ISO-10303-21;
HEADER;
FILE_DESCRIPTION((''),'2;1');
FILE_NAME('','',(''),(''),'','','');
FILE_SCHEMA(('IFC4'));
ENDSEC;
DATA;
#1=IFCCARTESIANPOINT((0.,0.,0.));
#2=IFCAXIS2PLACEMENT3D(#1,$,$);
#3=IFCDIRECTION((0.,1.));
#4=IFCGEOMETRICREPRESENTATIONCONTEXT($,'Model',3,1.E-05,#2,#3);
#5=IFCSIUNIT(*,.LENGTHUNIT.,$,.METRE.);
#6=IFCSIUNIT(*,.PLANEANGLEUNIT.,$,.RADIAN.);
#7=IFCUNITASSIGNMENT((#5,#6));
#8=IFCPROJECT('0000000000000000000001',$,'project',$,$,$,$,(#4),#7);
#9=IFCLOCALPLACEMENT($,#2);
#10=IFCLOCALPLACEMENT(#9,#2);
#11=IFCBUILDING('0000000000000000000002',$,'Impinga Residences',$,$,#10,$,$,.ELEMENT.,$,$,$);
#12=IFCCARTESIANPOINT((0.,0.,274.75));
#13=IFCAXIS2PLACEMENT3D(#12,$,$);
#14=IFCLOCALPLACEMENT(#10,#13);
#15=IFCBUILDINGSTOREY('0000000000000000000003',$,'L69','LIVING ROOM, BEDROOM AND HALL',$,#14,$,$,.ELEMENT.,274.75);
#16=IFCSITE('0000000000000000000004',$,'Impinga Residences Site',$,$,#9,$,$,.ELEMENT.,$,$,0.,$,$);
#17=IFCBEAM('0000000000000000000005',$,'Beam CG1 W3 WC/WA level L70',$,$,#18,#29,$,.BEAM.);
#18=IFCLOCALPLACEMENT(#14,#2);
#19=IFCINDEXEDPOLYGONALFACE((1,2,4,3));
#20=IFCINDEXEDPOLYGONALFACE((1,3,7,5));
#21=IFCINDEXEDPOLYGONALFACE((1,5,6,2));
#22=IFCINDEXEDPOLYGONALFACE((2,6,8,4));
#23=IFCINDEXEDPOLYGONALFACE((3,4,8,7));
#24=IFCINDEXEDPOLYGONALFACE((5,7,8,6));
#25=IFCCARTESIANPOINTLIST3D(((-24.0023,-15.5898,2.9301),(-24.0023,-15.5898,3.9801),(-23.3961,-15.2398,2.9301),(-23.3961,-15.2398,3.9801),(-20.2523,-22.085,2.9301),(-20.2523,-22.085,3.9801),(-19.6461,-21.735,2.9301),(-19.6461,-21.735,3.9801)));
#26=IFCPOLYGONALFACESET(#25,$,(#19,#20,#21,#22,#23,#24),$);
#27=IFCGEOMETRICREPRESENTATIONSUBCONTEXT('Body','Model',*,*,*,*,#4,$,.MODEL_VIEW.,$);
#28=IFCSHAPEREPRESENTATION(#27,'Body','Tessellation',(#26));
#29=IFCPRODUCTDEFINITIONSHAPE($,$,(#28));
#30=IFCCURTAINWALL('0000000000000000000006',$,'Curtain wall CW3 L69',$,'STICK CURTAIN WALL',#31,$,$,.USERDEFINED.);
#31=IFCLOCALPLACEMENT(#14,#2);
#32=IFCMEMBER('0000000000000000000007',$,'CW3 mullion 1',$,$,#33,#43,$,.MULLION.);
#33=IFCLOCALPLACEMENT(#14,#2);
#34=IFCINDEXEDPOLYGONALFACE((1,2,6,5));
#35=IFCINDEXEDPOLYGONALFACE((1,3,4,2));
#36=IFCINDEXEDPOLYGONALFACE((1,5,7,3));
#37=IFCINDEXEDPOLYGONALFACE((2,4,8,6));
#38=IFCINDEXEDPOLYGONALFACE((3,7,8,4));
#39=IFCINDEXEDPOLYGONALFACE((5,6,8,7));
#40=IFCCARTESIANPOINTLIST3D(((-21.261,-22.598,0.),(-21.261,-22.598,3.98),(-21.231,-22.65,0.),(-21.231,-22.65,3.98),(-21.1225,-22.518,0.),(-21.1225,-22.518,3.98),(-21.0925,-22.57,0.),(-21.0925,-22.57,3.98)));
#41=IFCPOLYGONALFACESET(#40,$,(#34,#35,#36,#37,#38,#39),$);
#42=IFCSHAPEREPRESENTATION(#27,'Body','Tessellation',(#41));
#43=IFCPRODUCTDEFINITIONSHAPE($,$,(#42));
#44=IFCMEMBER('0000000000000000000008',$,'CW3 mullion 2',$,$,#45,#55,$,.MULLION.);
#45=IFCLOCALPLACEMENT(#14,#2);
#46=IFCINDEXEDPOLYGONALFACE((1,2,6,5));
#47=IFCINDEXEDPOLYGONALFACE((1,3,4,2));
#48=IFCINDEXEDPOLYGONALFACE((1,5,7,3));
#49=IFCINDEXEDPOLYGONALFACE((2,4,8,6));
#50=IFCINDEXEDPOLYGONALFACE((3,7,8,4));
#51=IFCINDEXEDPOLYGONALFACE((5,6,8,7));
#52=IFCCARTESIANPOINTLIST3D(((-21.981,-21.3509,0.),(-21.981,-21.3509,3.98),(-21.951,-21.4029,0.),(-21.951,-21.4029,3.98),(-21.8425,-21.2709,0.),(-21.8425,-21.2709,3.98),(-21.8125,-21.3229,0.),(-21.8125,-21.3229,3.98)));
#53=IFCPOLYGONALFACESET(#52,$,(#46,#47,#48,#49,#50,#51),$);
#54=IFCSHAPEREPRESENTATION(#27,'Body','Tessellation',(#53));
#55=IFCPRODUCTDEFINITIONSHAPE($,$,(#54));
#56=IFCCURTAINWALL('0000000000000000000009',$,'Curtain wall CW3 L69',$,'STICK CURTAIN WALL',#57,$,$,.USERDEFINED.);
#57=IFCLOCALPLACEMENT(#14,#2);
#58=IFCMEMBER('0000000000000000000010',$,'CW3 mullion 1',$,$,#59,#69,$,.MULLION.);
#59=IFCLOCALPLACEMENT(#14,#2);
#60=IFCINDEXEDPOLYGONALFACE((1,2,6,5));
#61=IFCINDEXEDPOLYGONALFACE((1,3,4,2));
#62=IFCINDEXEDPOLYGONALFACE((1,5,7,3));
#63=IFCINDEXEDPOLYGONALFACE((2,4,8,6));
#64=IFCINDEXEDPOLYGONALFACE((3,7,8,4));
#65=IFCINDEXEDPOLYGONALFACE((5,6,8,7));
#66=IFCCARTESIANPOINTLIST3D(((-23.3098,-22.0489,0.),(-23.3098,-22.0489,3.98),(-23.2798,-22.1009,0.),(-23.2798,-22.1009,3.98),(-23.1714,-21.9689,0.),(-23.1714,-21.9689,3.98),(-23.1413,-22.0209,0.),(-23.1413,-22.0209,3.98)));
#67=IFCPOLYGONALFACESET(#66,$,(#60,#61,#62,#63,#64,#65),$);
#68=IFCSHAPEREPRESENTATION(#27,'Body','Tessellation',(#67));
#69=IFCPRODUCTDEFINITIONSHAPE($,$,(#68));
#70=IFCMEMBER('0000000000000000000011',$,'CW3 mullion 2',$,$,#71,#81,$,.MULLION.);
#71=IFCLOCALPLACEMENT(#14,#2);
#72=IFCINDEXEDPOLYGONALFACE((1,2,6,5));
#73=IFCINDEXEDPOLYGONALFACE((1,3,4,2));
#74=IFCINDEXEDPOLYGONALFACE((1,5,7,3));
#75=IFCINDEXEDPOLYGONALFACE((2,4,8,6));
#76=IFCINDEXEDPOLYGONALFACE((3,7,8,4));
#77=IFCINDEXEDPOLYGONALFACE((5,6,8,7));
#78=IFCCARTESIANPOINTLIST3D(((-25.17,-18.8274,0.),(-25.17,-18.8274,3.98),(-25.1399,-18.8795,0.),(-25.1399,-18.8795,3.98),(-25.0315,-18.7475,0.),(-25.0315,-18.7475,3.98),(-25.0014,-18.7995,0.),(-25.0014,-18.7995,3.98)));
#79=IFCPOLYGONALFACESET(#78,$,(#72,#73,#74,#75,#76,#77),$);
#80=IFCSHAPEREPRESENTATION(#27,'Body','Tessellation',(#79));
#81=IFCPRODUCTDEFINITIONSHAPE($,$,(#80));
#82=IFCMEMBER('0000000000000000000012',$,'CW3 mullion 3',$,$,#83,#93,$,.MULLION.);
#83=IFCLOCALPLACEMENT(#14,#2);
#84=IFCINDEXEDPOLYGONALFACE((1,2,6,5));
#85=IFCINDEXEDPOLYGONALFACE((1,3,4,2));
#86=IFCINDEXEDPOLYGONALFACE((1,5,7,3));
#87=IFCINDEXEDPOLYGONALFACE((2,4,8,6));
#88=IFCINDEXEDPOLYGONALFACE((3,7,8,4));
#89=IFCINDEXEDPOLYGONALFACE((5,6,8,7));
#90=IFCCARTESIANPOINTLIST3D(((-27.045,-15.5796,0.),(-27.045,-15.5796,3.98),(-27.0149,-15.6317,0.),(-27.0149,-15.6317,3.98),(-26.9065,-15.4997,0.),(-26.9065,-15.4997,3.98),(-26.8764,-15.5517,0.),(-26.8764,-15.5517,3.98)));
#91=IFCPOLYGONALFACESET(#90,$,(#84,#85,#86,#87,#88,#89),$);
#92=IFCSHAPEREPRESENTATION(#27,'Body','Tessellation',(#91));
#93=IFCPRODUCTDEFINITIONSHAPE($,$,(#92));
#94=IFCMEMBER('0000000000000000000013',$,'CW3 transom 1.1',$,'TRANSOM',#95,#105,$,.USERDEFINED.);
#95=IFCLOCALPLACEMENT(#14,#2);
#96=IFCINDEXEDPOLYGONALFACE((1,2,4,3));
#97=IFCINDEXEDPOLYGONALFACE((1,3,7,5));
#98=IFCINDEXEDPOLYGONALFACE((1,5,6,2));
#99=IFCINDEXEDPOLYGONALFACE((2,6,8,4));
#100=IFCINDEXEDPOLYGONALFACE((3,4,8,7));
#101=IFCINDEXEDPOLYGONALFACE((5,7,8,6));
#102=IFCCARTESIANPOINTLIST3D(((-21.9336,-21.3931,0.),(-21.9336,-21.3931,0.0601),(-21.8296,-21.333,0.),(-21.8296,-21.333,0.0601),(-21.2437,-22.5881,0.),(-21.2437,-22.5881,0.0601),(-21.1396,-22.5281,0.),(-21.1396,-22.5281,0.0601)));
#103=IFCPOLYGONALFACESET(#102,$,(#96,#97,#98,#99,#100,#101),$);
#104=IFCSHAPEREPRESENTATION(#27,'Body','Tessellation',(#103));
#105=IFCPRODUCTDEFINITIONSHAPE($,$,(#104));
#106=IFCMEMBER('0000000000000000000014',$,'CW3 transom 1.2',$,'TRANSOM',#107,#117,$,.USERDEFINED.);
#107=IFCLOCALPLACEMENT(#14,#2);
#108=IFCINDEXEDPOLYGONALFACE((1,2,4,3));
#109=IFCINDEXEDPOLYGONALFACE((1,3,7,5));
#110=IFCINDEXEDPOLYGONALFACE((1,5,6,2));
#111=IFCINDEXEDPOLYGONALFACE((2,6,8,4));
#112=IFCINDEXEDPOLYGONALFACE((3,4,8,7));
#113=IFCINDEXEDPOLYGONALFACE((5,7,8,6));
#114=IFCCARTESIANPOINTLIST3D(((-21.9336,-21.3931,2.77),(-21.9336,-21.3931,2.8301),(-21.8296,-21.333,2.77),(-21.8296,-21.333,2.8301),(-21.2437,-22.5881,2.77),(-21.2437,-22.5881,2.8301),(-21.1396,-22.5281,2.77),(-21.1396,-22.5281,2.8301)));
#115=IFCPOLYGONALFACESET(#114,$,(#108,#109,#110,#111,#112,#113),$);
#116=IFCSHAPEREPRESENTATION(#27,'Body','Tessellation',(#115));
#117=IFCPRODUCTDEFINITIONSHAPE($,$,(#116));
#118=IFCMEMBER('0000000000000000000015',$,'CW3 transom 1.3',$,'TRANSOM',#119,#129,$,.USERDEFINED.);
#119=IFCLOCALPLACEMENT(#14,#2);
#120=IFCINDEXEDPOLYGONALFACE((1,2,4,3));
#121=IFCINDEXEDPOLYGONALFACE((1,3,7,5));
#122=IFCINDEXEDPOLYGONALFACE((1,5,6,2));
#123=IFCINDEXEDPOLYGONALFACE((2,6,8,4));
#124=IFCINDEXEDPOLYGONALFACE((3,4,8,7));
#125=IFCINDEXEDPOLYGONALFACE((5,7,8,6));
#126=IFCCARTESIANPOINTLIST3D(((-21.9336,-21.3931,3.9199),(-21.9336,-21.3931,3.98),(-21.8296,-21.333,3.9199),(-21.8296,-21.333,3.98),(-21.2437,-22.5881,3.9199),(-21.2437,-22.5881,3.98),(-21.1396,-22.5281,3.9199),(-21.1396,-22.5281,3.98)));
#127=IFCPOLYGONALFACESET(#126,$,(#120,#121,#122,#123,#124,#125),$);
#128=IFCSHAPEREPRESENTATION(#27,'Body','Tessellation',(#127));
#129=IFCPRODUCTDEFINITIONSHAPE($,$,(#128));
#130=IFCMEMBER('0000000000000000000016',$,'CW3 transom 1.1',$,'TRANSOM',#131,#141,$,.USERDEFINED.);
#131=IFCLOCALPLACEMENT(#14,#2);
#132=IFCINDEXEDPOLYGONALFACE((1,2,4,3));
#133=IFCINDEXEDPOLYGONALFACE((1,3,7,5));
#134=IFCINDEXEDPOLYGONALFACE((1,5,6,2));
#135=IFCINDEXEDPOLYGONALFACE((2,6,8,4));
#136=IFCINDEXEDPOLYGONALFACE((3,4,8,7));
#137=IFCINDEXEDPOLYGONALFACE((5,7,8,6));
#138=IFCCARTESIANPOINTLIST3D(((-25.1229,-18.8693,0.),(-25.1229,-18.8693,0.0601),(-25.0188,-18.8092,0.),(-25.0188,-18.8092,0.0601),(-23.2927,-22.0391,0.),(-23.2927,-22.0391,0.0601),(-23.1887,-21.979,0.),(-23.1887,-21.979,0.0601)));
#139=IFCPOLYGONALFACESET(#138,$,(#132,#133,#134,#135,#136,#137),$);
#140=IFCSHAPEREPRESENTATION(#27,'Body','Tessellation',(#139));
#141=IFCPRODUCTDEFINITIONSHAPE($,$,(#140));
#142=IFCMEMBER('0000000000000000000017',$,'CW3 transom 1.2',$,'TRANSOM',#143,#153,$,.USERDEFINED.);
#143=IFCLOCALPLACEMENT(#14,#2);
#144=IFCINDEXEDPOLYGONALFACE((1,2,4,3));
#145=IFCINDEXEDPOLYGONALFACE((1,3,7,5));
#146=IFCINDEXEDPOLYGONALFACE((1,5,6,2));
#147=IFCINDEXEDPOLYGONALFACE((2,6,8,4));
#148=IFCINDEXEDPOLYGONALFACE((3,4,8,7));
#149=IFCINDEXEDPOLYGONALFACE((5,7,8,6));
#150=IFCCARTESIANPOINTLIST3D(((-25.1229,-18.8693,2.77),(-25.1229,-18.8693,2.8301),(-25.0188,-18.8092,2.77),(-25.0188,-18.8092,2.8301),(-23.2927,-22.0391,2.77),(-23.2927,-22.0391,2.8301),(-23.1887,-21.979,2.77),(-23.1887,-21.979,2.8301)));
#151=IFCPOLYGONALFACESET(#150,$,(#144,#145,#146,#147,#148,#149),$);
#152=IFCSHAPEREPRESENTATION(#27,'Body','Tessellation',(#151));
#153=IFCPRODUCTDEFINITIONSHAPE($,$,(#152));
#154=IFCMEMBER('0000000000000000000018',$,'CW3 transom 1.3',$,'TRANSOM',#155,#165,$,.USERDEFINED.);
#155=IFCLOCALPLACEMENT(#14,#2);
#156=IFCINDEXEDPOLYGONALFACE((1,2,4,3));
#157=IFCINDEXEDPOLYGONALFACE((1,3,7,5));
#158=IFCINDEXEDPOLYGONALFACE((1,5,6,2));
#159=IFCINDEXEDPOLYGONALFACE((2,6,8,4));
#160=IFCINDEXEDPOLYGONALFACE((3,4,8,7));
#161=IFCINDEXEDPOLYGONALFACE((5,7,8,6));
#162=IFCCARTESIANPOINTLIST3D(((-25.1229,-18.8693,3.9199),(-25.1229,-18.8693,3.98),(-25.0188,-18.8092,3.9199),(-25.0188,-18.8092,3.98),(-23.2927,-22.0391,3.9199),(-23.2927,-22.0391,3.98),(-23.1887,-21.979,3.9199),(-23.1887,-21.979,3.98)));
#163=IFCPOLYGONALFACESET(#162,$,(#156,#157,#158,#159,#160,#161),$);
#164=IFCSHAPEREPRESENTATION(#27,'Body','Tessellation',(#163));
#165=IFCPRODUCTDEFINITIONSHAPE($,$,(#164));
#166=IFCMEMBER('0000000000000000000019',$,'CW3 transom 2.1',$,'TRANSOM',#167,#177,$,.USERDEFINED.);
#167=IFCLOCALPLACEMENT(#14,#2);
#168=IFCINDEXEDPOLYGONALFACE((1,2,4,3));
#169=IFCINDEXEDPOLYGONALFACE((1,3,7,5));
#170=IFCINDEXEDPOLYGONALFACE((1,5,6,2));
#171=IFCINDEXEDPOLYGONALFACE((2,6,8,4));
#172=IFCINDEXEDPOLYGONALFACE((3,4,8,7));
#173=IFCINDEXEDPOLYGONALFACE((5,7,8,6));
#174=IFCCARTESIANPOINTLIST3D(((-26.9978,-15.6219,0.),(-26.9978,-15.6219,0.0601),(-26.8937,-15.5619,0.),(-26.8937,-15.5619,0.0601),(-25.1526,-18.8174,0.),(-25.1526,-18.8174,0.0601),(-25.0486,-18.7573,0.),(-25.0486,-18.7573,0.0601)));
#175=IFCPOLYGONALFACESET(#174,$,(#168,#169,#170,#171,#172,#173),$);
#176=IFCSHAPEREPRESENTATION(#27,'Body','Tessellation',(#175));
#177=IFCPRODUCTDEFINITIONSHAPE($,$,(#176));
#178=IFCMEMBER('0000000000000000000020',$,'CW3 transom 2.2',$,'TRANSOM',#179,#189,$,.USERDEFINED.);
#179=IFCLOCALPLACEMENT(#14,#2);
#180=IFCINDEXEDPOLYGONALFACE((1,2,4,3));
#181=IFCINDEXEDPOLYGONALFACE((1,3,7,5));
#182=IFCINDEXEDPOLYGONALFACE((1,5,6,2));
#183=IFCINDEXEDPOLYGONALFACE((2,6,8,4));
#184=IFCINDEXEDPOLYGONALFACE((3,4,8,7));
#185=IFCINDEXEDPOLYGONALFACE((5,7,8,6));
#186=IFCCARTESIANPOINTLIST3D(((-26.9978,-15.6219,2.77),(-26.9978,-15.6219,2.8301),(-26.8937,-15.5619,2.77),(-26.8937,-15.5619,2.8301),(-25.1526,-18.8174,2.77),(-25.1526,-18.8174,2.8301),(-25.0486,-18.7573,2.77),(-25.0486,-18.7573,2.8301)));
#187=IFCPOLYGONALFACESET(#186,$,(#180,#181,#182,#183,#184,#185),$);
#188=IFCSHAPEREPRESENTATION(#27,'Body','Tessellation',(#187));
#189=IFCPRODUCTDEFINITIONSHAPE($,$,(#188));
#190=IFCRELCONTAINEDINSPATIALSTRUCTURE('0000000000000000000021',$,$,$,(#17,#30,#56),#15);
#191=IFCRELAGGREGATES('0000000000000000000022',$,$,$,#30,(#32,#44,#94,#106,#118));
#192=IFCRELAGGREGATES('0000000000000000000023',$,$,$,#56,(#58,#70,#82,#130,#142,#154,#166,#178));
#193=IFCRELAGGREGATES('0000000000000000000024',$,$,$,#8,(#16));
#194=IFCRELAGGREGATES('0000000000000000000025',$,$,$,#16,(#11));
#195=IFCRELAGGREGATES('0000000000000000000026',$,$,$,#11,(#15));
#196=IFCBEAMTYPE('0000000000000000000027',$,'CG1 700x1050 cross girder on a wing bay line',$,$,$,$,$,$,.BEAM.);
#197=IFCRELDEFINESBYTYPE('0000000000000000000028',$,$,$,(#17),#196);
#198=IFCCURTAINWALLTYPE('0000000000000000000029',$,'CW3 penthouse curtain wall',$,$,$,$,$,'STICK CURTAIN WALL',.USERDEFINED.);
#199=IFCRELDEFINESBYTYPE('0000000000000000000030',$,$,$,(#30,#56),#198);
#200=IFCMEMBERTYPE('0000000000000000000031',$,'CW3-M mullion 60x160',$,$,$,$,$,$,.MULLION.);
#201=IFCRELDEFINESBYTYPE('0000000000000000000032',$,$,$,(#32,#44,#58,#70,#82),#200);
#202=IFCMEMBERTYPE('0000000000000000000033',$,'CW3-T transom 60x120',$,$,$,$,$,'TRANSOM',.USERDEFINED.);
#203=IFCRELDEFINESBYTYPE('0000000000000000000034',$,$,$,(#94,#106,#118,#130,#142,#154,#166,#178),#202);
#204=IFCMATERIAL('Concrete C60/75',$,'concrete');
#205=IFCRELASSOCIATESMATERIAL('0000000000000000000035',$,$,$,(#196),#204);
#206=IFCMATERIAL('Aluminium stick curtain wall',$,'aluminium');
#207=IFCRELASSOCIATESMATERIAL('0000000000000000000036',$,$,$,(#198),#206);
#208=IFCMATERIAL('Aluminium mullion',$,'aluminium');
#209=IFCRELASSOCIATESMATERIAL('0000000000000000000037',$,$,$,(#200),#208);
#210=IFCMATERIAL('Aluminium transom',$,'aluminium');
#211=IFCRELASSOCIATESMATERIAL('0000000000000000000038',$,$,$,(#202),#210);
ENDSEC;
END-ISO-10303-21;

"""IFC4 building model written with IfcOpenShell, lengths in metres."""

from ifc_helpers import new_model, si_unit, direction, frame, origin, origin_2d, place, context, subcontext, project, spatial, rectangle, extrude, material, material_profile, profile_set, type_object, element, aggregate, save


model = new_model("IFC4")

# Units and contexts
model_context = context("Model", 3, precision=1e-05, world=origin(), true_north=direction((0.0, 1.0)))
body_context = subcontext(model_context, "Body", "Model", "MODEL_VIEW")
ifc_project = project(units=[si_unit("LENGTHUNIT", "METRE"), si_unit("PLANEANGLEUNIT", "RADIAN")], contexts=[model_context])

# Site, building, storey
site_placement = place(None, origin())
site = spatial("IfcSite", under=ifc_project, at=site_placement, Name="Impinga Residences Site", CompositionType="ELEMENT", RefElevation=0.0)
building_placement = place(site_placement, origin())
building = spatial("IfcBuilding", under=site, at=building_placement, Name="Impinga Residences", CompositionType="ELEMENT")
storey_placement = place(building_placement, frame((0.0, 0.0, 274.75)))
storey = spatial("IfcBuildingStorey", under=building, at=storey_placement, Name="L69", Description="LIVING ROOM, BEDROOM AND HALL", CompositionType="ELEMENT", Elevation=274.75)

# Beam
ifc_material_1 = material(Name="Concrete C60/75", Category="concrete")
ifc_material_profile_1 = material_profile(ifc_material_1, rectangle(XDim=0.7, YDim=1.05, at=origin_2d()), Name="RC 700x1050")
ifc_profile_set_1 = profile_set([ifc_material_profile_1], Name="Concrete C60/75")
beam_type_1 = type_object("IfcBeamType", Name="CG1 700x1050 cross girder on a wing bay line", PredefinedType="BEAM", material=ifc_profile_set_1)
beam_1_placement = place(storey_placement, frame((-23.6992, -15.4148, 3.4551), z_axis=(0.500004, -0.866023, 0.0), x_axis=(0.866023, 0.500004, 0.0)))
element("IfcBeam", 1, at=beam_1_placement, inside=storey, type_object=beam_type_1, Name="Beam CG1 W3 WC/WA level L70", PredefinedType="BEAM", context=body_context, shape_type="SweptSolid", body=[
    extrude(rectangle(XDim=0.7, YDim=1.05, at=origin_2d()), origin(), (0.0, 0.0, 1.0), 7.5),
])

# Curtain walls, members
ifc_material_2 = material(Name="Aluminium stick curtain wall", Category="aluminium")
curtain_wall_type = type_object("IfcCurtainWallType", Name="CW3 penthouse curtain wall", ElementType="STICK CURTAIN WALL", PredefinedType="USERDEFINED", material=ifc_material_2)
curtain_wall_1_placement = place(storey_placement, origin())
curtain_wall_1 = element("IfcCurtainWall", 2, at=curtain_wall_1_placement, inside=storey, type_object=curtain_wall_type, Name="Curtain wall CW3 L69", ObjectType="STICK CURTAIN WALL", PredefinedType="USERDEFINED")
ifc_material_3 = material(Name="Aluminium mullion", Category="aluminium")
ifc_material_profile_2 = material_profile(ifc_material_3, rectangle(XDim=0.0601, YDim=0.1599, at=origin_2d()), Name="60x160 mullion")
ifc_profile_set_2 = profile_set([ifc_material_profile_2], Name="Aluminium mullion")
member_type_1 = type_object("IfcMemberType", Name="CW3-M mullion 60x160", PredefinedType="MULLION", material=ifc_profile_set_2)
member_1_placement = place(storey_placement, frame((-21.1768, -22.584, 0.0), z_axis=(0.0, 0.0, 1.0), x_axis=(-0.5, 0.866025, 0.0)))
member_1 = element("IfcMember", 3, at=member_1_placement, type_object=member_type_1, Name="CW3 mullion 1", PredefinedType="MULLION", context=body_context, shape_type="SweptSolid", body=[
    extrude(rectangle(XDim=0.0601, YDim=0.1599, at=origin_2d()), origin(), (0.0, 0.0, 1.0), 3.98),
])
member_2_placement = place(storey_placement, frame((-21.8967, -21.3369, 0.0), z_axis=(0.0, 0.0, 1.0), x_axis=(-0.5, 0.866025, 0.0)))
member_2 = element("IfcMember", 4, at=member_2_placement, type_object=member_type_1, Name="CW3 mullion 2", PredefinedType="MULLION", context=body_context, shape_type="SweptSolid", body=[
    extrude(rectangle(XDim=0.0601, YDim=0.1599, at=origin_2d()), origin(), (0.0, 0.0, 1.0), 3.98),
])
curtain_wall_2_placement = place(storey_placement, origin())
curtain_wall_2 = element("IfcCurtainWall", 5, at=curtain_wall_2_placement, inside=storey, type_object=curtain_wall_type, Name="Curtain wall CW3 L69", ObjectType="STICK CURTAIN WALL", PredefinedType="USERDEFINED")
member_3_placement = place(storey_placement, frame((-23.2256, -22.0349, 0.0), z_axis=(0.0, 0.0, 1.0), x_axis=(-0.5, 0.866025, 0.0)))
member_3 = element("IfcMember", 6, at=member_3_placement, type_object=member_type_1, Name="CW3 mullion 1", PredefinedType="MULLION", context=body_context, shape_type="SweptSolid", body=[
    extrude(rectangle(XDim=0.0601, YDim=0.1599, at=origin_2d()), origin(), (0.0, 0.0, 1.0), 3.98),
])
member_4_placement = place(storey_placement, frame((-25.0857, -18.8135, 0.0), z_axis=(0.0, 0.0, 1.0), x_axis=(-0.5, 0.866025, 0.0)))
member_4 = element("IfcMember", 7, at=member_4_placement, type_object=member_type_1, Name="CW3 mullion 2", PredefinedType="MULLION", context=body_context, shape_type="SweptSolid", body=[
    extrude(rectangle(XDim=0.0601, YDim=0.1599, at=origin_2d()), origin(), (0.0, 0.0, 1.0), 3.98),
])
member_5_placement = place(storey_placement, frame((-26.9607, -15.5657, 0.0), z_axis=(0.0, 0.0, 1.0), x_axis=(-0.5, 0.866025, 0.0)))
member_5 = element("IfcMember", 8, at=member_5_placement, type_object=member_type_1, Name="CW3 mullion 3", PredefinedType="MULLION", context=body_context, shape_type="SweptSolid", body=[
    extrude(rectangle(XDim=0.0601, YDim=0.1599, at=origin_2d()), origin(), (0.0, 0.0, 1.0), 3.98),
])

# Members
ifc_material_4 = material(Name="Aluminium transom", Category="aluminium")
ifc_material_profile_3 = material_profile(ifc_material_4, rectangle(XDim=0.0601, YDim=0.1201, at=origin_2d()), Name="60x120 transom")
ifc_profile_set_3 = profile_set([ifc_material_profile_3], Name="Aluminium transom")
member_type_2 = type_object("IfcMemberType", Name="CW3-T transom 60x120", ElementType="TRANSOM", PredefinedType="USERDEFINED", material=ifc_profile_set_3)
member_6_placement = place(storey_placement, frame((-21.1917, -22.5581, 0.03), z_axis=(-0.499983, 0.866035, 0.0), x_axis=(0.0, 0.0, 1.0)))
member_6 = element("IfcMember", 9, at=member_6_placement, type_object=member_type_2, Name="CW3 transom 1.1", ObjectType="TRANSOM", PredefinedType="USERDEFINED", context=body_context, shape_type="SweptSolid", body=[
    extrude(rectangle(XDim=0.0601, YDim=0.1201, at=origin_2d()), origin(), (0.0, 0.0, 1.0), 1.3799),
])
member_7_placement = place(storey_placement, frame((-21.1917, -22.5581, 2.8), z_axis=(-0.499983, 0.866035, 0.0), x_axis=(0.0, 0.0, 1.0)))
member_7 = element("IfcMember", 10, at=member_7_placement, type_object=member_type_2, Name="CW3 transom 1.2", ObjectType="TRANSOM", PredefinedType="USERDEFINED", context=body_context, shape_type="SweptSolid", body=[
    extrude(rectangle(XDim=0.0601, YDim=0.1201, at=origin_2d()), origin(), (0.0, 0.0, 1.0), 1.3799),
])
member_8_placement = place(storey_placement, frame((-21.1917, -22.5581, 3.95), z_axis=(-0.499983, 0.866035, 0.0), x_axis=(0.0, 0.0, 1.0)))
member_8 = element("IfcMember", 11, at=member_8_placement, type_object=member_type_2, Name="CW3 transom 1.3", ObjectType="TRANSOM", PredefinedType="USERDEFINED", context=body_context, shape_type="SweptSolid", body=[
    extrude(rectangle(XDim=0.0601, YDim=0.1201, at=origin_2d()), origin(), (0.0, 0.0, 1.0), 1.3799),
])
member_9_placement = place(storey_placement, frame((-23.2407, -22.009, 0.03), z_axis=(-0.500013, 0.866018, 0.0), x_axis=(0.0, 0.0, 1.0)))
member_9 = element("IfcMember", 12, at=member_9_placement, type_object=member_type_2, Name="CW3 transom 1.1", ObjectType="TRANSOM", PredefinedType="USERDEFINED", context=body_context, shape_type="SweptSolid", body=[
    extrude(rectangle(XDim=0.0601, YDim=0.1201, at=origin_2d()), origin(), (0.0, 0.0, 1.0), 3.6602),
])
member_10_placement = place(storey_placement, frame((-23.2407, -22.009, 2.8), z_axis=(-0.500013, 0.866018, 0.0), x_axis=(0.0, 0.0, 1.0)))
member_10 = element("IfcMember", 13, at=member_10_placement, type_object=member_type_2, Name="CW3 transom 1.2", ObjectType="TRANSOM", PredefinedType="USERDEFINED", context=body_context, shape_type="SweptSolid", body=[
    extrude(rectangle(XDim=0.0601, YDim=0.1201, at=origin_2d()), origin(), (0.0, 0.0, 1.0), 3.6602),
])
member_11_placement = place(storey_placement, frame((-23.2407, -22.009, 3.95), z_axis=(-0.500013, 0.866018, 0.0), x_axis=(0.0, 0.0, 1.0)))
member_11 = element("IfcMember", 14, at=member_11_placement, type_object=member_type_2, Name="CW3 transom 1.3", ObjectType="TRANSOM", PredefinedType="USERDEFINED", context=body_context, shape_type="SweptSolid", body=[
    extrude(rectangle(XDim=0.0601, YDim=0.1201, at=origin_2d()), origin(), (0.0, 0.0, 1.0), 3.6602),
])
member_12_placement = place(storey_placement, frame((-25.1006, -18.7874, 0.03), z_axis=(-0.500053, 0.865995, 0.0), x_axis=(0.0, 0.0, 1.0)))
member_12 = element("IfcMember", 15, at=member_12_placement, type_object=member_type_2, Name="CW3 transom 2.1", ObjectType="TRANSOM", PredefinedType="USERDEFINED", context=body_context, shape_type="SweptSolid", body=[
    extrude(rectangle(XDim=0.0601, YDim=0.1201, at=origin_2d()), origin(), (0.0, 0.0, 1.0), 3.6899),
])
member_13_placement = place(storey_placement, frame((-25.1006, -18.7874, 2.8), z_axis=(-0.500053, 0.865995, 0.0), x_axis=(0.0, 0.0, 1.0)))
member_13 = element("IfcMember", 16, at=member_13_placement, type_object=member_type_2, Name="CW3 transom 2.2", ObjectType="TRANSOM", PredefinedType="USERDEFINED", context=body_context, shape_type="SweptSolid", body=[
    extrude(rectangle(XDim=0.0601, YDim=0.1201, at=origin_2d()), origin(), (0.0, 0.0, 1.0), 3.6899),
])

aggregate(curtain_wall_1, [member_1, member_2, member_6, member_7, member_8])
aggregate(curtain_wall_2, [member_3, member_4, member_5, member_9, member_10, member_11, member_12, member_13])

save(model, "model.ifc")
